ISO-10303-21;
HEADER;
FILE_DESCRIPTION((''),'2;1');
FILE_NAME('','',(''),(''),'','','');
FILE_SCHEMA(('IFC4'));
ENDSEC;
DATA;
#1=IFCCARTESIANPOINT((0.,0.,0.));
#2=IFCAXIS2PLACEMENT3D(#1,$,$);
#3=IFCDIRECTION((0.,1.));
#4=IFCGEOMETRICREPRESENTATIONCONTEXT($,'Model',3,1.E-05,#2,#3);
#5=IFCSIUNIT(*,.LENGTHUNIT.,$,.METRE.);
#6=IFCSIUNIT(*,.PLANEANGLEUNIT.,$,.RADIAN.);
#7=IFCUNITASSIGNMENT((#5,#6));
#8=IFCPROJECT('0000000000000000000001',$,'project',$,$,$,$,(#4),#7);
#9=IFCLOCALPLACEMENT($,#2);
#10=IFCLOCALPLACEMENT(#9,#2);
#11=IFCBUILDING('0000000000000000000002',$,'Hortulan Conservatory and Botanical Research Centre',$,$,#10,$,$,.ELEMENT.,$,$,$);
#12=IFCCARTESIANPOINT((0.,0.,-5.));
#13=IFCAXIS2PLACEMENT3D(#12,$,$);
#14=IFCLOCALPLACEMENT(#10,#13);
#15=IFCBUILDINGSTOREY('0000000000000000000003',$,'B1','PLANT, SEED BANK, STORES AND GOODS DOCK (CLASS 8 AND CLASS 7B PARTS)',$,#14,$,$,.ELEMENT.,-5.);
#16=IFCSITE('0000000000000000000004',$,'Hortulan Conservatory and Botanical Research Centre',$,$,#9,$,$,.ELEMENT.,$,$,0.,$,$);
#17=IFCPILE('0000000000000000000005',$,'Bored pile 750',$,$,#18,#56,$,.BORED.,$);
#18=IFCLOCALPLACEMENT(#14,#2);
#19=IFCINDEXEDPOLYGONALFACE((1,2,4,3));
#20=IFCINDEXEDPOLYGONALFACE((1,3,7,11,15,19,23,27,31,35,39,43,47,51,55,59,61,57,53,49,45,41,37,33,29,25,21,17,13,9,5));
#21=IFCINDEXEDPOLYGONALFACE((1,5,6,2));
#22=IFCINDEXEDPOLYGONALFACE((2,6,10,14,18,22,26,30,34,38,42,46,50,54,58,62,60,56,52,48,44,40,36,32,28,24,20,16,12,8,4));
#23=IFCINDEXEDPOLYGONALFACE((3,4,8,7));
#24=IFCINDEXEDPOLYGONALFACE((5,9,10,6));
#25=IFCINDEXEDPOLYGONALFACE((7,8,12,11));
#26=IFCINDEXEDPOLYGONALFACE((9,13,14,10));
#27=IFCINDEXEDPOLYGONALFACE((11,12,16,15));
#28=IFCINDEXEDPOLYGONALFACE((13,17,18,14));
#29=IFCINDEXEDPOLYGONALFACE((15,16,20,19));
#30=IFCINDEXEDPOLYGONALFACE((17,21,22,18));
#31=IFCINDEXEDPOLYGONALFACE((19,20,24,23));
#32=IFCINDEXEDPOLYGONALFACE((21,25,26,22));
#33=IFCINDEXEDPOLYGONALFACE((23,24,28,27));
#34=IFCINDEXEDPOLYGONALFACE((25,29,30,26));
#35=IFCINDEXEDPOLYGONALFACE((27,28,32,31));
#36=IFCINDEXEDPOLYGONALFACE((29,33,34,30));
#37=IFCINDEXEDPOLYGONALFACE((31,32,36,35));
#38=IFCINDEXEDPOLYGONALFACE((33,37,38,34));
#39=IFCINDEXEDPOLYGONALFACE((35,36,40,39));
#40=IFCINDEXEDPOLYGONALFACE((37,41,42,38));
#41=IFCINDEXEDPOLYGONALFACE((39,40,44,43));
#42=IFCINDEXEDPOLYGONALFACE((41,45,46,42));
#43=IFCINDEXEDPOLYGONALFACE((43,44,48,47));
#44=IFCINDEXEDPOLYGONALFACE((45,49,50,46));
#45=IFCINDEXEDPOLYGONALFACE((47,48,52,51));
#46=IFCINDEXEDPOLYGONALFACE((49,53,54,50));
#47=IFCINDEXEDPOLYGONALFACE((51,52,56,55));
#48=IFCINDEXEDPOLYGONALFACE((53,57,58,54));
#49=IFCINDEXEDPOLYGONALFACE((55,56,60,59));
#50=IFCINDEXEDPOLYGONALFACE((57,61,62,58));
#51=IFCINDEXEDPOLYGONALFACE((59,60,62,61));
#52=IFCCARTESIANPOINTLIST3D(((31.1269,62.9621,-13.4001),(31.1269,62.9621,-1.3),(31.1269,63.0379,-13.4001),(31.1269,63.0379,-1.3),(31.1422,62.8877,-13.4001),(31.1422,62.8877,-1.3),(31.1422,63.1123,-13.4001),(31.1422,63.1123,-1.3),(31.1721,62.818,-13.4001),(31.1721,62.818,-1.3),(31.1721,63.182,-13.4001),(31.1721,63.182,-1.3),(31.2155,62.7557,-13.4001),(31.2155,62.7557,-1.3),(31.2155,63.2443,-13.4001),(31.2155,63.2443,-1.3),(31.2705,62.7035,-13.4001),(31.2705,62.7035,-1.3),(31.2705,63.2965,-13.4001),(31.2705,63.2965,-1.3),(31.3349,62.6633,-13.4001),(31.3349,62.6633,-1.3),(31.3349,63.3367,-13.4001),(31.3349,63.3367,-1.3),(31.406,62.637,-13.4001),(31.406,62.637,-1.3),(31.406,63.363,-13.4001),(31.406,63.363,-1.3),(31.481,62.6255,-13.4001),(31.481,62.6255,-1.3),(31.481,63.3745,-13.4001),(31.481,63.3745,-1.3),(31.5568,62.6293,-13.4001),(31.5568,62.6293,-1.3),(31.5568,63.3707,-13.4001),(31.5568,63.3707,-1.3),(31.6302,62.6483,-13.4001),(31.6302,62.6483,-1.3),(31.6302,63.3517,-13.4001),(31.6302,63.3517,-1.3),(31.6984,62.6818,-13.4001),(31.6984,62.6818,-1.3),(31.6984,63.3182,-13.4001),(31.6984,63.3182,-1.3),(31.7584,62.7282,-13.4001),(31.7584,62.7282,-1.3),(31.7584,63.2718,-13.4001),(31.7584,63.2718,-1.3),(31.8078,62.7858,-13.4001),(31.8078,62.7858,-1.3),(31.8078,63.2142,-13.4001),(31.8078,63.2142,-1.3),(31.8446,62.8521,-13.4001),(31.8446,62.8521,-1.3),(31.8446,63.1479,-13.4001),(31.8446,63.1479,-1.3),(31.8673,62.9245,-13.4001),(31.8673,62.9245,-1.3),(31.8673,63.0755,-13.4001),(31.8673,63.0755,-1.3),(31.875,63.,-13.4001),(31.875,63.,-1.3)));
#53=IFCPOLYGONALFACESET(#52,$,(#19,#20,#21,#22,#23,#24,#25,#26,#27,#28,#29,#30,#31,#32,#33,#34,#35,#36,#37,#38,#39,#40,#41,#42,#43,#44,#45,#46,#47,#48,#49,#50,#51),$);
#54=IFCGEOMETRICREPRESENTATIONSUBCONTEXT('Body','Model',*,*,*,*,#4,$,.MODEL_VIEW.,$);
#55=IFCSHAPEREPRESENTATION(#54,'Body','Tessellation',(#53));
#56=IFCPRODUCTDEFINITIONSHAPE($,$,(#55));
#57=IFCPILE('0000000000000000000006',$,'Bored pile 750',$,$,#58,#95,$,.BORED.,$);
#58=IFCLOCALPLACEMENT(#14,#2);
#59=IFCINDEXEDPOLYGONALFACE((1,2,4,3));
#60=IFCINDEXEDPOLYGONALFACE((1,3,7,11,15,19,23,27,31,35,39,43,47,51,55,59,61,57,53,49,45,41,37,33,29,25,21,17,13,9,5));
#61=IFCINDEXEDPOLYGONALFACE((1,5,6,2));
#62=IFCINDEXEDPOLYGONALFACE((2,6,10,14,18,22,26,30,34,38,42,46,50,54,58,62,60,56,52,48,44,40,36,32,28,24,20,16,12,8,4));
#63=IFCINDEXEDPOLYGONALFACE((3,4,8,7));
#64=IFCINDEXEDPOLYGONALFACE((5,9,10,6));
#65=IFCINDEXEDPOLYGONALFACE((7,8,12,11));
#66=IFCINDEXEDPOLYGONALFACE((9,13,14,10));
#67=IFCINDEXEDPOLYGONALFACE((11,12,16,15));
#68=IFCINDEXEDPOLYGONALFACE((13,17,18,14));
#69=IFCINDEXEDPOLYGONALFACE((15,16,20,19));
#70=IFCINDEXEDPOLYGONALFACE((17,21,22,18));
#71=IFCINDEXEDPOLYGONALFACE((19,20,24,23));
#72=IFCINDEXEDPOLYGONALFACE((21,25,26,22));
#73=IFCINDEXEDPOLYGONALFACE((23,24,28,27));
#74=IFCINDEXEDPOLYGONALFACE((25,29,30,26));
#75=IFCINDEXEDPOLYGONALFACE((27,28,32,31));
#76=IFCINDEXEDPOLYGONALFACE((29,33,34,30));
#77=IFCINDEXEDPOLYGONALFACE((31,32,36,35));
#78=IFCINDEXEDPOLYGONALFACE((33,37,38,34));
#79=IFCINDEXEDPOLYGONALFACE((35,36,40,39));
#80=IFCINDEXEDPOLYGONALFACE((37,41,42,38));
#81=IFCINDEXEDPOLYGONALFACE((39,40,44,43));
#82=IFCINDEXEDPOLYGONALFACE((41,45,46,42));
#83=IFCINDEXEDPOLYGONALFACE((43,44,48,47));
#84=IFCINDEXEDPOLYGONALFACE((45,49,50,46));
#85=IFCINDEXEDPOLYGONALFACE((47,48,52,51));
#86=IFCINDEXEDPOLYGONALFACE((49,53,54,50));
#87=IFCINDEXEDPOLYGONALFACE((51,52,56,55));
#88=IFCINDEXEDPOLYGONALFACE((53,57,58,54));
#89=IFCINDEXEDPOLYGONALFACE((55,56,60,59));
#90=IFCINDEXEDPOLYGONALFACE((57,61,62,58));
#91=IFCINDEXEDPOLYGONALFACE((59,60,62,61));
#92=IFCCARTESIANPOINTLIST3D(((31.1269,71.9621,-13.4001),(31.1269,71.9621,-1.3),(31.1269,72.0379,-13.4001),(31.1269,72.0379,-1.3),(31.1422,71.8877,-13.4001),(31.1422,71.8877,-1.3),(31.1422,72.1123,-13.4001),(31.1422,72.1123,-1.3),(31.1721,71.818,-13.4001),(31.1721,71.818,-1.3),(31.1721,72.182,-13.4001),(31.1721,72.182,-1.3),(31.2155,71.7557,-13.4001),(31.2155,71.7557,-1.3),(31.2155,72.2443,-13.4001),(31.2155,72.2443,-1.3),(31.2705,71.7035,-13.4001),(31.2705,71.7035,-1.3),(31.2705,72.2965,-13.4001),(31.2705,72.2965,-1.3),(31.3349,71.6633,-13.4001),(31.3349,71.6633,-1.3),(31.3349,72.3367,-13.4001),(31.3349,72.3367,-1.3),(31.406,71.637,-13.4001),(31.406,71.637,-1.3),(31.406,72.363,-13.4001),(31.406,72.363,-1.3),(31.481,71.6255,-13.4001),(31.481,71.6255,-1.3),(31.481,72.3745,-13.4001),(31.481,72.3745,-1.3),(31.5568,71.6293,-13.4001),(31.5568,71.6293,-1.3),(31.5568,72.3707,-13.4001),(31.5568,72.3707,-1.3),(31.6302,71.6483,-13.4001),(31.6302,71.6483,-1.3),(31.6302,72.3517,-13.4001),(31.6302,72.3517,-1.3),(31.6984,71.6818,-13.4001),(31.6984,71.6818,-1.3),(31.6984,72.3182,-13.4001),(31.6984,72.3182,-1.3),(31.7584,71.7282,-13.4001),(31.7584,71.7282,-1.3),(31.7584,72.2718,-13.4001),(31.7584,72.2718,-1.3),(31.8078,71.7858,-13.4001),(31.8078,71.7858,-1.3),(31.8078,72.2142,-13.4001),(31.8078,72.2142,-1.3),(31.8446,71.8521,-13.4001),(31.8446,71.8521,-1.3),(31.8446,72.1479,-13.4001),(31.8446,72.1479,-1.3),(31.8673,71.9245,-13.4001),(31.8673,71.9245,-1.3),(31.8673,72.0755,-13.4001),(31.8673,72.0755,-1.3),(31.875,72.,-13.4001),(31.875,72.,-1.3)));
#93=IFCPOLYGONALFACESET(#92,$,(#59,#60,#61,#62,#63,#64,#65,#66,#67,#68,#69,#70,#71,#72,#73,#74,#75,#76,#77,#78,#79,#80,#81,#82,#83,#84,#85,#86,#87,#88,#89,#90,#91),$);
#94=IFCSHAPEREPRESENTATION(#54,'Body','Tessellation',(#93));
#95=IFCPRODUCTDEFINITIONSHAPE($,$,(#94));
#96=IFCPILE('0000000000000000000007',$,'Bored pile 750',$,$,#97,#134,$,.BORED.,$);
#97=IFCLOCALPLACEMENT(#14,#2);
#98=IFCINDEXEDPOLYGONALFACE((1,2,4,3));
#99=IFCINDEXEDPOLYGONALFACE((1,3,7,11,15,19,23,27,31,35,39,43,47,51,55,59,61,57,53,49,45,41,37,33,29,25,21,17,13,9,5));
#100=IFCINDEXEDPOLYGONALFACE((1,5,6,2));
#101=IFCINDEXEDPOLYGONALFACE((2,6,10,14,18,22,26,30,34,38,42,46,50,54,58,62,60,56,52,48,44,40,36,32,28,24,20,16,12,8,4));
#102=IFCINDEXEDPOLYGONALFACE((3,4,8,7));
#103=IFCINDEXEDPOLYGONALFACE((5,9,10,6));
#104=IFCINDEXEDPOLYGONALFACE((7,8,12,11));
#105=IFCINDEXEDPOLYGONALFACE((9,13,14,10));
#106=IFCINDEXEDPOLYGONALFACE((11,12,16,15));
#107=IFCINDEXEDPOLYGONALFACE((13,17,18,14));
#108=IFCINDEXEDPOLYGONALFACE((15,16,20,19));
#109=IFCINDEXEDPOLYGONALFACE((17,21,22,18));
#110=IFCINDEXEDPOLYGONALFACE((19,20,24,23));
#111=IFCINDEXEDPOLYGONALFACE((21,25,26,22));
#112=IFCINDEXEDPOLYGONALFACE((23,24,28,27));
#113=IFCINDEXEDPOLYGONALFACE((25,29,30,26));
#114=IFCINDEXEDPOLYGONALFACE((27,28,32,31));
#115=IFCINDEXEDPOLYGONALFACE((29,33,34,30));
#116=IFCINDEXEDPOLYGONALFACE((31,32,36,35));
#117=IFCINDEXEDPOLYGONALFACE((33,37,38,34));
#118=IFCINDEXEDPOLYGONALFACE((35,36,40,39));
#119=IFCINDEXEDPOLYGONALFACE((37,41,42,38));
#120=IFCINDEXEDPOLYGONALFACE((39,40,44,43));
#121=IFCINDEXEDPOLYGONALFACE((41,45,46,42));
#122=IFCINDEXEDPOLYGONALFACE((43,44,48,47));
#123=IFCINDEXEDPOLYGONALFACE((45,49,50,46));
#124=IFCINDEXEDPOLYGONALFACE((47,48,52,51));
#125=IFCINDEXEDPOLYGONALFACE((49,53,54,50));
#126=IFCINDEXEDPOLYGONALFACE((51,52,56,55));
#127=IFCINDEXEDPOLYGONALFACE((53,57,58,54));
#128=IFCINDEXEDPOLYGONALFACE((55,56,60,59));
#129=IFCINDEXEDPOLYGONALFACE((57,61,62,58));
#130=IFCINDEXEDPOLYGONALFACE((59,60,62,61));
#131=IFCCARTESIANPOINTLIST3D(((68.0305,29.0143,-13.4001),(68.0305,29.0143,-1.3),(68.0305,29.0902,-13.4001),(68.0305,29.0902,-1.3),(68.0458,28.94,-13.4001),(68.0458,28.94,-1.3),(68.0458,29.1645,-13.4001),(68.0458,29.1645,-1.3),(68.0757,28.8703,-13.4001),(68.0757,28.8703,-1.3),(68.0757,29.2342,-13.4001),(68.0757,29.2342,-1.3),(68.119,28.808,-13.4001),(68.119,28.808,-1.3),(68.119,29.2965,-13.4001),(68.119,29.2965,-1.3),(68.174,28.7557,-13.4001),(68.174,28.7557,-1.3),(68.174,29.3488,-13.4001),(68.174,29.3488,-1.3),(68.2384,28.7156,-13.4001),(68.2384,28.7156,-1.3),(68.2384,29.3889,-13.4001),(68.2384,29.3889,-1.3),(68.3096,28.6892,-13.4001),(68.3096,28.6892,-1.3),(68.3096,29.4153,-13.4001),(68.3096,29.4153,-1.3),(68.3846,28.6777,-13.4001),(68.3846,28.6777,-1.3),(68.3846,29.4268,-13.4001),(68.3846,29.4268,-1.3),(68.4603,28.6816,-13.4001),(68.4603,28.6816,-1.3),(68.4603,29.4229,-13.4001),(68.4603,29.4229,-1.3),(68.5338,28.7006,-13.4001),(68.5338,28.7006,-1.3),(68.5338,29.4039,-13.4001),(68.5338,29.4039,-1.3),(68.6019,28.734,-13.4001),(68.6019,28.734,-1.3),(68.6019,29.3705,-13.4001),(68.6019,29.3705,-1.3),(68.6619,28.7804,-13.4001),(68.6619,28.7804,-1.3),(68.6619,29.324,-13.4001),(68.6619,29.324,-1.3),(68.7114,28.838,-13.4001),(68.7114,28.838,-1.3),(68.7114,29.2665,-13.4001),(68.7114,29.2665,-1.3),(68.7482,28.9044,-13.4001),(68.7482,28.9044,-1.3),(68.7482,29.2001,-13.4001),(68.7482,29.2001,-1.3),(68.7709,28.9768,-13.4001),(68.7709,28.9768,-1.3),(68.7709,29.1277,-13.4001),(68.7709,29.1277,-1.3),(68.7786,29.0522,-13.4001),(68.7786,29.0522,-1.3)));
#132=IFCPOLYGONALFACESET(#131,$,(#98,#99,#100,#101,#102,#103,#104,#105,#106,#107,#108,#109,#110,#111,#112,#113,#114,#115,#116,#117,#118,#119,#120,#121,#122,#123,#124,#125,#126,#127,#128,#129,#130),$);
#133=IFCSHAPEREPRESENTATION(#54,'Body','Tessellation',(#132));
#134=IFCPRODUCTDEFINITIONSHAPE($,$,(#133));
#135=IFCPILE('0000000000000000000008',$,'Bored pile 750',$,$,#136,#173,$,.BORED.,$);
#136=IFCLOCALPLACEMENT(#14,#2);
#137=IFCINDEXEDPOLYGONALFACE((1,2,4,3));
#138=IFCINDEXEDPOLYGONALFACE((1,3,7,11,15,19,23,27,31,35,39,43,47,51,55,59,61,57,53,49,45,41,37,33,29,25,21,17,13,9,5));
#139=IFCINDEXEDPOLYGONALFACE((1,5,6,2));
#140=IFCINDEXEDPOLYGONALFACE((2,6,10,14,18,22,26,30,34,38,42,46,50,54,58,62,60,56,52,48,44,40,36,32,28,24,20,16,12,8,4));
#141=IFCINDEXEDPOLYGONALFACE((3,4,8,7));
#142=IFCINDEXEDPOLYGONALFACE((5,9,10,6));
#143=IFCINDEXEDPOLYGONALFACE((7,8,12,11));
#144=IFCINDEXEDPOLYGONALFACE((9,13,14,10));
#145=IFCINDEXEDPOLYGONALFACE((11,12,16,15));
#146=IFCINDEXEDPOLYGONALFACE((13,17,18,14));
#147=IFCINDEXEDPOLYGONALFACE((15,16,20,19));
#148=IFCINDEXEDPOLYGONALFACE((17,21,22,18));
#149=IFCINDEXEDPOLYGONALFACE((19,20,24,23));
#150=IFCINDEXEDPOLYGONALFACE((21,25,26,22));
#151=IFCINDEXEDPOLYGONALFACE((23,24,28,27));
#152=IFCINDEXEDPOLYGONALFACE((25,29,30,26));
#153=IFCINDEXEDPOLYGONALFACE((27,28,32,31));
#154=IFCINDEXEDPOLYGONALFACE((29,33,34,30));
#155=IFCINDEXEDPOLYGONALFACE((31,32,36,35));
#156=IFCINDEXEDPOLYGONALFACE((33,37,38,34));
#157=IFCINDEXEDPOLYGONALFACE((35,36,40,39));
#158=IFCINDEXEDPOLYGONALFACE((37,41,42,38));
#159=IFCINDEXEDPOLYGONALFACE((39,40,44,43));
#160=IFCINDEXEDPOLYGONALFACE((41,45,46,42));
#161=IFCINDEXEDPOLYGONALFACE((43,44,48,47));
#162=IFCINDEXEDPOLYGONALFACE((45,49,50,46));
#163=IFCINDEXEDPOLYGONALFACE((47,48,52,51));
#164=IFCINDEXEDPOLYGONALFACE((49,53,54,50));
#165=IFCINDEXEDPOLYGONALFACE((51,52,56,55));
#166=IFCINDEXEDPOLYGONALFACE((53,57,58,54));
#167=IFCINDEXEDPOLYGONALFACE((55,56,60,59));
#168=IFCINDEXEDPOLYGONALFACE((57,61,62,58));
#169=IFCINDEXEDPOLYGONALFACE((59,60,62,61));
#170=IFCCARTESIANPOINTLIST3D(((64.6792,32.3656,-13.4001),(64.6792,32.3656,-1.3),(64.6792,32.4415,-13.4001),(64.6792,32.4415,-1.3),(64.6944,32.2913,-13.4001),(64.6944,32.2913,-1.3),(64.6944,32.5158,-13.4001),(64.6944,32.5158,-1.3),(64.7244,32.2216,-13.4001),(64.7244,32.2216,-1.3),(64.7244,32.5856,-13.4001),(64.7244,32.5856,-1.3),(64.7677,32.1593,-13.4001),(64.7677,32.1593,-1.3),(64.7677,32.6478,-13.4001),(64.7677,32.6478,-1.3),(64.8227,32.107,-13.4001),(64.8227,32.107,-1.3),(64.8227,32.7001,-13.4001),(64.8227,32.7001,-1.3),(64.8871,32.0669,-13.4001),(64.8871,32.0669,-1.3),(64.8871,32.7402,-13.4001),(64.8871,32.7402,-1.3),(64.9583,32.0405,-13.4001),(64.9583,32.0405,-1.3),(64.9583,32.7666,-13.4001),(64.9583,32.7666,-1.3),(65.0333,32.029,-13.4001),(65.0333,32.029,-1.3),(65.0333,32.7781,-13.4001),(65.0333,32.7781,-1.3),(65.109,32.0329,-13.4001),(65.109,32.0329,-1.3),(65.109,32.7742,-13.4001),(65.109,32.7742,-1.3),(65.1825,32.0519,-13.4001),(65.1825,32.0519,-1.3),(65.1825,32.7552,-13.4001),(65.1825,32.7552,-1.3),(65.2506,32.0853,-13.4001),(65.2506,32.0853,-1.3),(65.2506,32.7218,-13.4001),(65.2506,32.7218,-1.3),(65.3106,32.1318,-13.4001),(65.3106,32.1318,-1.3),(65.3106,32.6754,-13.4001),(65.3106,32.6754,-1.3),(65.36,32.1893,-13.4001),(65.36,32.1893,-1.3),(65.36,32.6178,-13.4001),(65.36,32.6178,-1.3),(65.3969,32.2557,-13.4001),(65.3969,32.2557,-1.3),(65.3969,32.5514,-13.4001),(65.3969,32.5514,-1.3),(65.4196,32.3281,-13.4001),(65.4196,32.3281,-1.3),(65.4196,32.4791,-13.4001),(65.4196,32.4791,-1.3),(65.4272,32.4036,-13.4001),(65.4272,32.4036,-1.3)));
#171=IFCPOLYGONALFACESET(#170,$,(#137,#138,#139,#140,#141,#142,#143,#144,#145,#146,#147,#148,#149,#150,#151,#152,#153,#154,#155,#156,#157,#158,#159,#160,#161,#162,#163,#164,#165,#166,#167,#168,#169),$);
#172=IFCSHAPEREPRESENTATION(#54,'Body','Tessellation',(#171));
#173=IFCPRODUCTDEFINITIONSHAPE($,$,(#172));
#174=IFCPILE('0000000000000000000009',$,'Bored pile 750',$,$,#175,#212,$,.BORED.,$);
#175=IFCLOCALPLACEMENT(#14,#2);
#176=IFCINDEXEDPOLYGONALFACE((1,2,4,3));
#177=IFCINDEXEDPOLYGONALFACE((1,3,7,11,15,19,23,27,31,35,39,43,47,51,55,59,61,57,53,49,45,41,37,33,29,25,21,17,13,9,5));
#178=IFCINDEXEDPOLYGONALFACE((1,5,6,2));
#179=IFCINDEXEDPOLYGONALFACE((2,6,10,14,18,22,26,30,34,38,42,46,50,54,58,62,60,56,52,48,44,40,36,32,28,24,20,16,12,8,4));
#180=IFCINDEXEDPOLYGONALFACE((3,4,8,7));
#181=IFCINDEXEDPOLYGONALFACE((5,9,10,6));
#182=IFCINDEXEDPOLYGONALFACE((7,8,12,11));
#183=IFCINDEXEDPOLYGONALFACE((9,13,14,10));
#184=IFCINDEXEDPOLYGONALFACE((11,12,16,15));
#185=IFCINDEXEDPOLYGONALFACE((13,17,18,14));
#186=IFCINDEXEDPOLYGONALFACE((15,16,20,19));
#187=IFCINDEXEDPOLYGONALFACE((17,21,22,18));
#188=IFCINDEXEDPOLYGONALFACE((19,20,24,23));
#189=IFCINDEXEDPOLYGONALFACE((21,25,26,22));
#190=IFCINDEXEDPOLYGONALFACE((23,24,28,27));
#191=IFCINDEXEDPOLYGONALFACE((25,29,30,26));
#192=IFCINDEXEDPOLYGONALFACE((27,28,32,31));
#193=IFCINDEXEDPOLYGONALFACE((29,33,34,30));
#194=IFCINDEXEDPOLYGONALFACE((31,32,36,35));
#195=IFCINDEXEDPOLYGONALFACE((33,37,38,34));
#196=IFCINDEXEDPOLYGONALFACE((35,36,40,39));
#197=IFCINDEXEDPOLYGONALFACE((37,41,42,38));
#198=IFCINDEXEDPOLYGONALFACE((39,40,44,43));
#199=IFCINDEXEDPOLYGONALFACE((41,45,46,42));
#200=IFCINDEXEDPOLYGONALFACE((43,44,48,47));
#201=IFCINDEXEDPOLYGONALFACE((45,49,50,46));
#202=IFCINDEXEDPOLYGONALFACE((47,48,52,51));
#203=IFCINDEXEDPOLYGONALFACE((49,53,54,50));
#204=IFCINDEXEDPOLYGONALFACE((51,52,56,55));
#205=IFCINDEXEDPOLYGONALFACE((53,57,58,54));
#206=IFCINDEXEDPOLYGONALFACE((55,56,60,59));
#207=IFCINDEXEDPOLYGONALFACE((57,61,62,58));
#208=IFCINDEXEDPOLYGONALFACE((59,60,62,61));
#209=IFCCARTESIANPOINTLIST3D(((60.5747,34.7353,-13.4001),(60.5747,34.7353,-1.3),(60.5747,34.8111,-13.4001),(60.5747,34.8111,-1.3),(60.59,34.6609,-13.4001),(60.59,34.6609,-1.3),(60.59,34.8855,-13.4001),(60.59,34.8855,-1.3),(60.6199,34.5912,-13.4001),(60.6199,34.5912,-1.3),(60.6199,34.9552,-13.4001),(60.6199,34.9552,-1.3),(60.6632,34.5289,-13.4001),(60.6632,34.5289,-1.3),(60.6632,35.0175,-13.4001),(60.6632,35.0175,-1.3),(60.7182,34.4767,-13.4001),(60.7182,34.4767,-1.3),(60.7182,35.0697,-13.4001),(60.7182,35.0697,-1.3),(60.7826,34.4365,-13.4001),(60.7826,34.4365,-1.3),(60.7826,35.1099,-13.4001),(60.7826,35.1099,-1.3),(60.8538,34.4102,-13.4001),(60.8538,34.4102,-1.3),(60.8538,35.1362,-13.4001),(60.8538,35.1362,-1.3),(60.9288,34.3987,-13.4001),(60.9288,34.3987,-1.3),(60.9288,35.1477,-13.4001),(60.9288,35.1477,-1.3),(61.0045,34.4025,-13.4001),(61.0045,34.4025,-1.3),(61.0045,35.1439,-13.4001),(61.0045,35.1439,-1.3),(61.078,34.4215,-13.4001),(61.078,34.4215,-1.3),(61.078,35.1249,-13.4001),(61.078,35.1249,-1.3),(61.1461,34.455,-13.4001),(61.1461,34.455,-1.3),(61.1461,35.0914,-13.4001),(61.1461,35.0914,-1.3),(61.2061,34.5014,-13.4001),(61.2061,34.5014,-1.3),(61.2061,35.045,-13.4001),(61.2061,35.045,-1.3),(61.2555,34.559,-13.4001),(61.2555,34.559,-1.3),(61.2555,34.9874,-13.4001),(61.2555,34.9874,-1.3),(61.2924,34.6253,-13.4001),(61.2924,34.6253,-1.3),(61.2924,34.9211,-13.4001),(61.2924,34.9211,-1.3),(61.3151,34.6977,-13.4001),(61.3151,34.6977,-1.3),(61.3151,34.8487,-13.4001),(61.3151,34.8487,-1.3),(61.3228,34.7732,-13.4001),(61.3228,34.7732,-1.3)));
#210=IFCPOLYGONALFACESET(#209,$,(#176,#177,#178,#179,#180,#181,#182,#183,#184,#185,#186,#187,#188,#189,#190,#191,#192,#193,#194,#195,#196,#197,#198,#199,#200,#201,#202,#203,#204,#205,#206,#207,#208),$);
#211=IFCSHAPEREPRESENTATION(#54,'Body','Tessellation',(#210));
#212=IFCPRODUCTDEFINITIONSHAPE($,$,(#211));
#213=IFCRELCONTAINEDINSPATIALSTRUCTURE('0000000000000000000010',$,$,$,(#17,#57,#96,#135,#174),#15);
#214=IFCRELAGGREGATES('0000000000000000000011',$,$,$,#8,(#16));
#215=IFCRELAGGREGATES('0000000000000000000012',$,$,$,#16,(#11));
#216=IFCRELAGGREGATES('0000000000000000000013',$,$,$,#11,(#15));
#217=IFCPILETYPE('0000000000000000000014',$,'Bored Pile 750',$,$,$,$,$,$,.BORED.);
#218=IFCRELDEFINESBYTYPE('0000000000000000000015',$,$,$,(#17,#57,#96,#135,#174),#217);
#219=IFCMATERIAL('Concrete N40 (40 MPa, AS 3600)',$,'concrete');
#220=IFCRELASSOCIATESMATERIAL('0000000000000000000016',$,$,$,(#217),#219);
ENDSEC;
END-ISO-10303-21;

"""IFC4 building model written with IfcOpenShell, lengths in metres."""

from ifc_helpers import new_model, si_unit, direction, frame, origin, origin_2d, place, context, subcontext, project, spatial, circle, extrude, material, material_profile, profile_set, type_object, element, save


model = new_model("IFC4")

# Units and contexts
model_context = context("Model", 3, precision=1e-05, world=origin(), true_north=direction((0.0, 1.0)))
body_context = subcontext(model_context, "Body", "Model", "MODEL_VIEW")
ifc_project = project(units=[si_unit("LENGTHUNIT", "METRE"), si_unit("PLANEANGLEUNIT", "RADIAN")], contexts=[model_context])

# Site, building, storey
site_placement = place(None, origin())
site = spatial("IfcSite", under=ifc_project, at=site_placement, Name="Hortulan Conservatory and Botanical Research Centre", CompositionType="ELEMENT", RefElevation=0.0)
building_placement = place(site_placement, origin())
building = spatial("IfcBuilding", under=site, at=building_placement, Name="Hortulan Conservatory and Botanical Research Centre", CompositionType="ELEMENT")
storey_placement = place(building_placement, frame((0.0, 0.0, -5.0)))
storey = spatial("IfcBuildingStorey", under=building, at=storey_placement, Name="B1", Description="PLANT, SEED BANK, STORES AND GOODS DOCK (CLASS 8 AND CLASS 7B PARTS)", CompositionType="ELEMENT", Elevation=-5.0)

# Piles
ifc_material_1 = material(Name="Concrete N40 (40 MPa, AS 3600)", Category="concrete")
ifc_material_profile_1 = material_profile(ifc_material_1, circle(Radius=0.375, at=origin_2d()), Name="Bored pile 750 diameter")
ifc_profile_set_1 = profile_set([ifc_material_profile_1], Name="Concrete N40 (40 MPa, AS 3600)")
pile_type = type_object("IfcPileType", Name="Bored Pile 750", PredefinedType="BORED", material=ifc_profile_set_1)
for number, where, z_axis, x_axis, name in (
    (1, (31.5, 63.0, -1.3), (0.0, 0.0, -1.0), (1.0, 0.0, 0.0), "Bored pile 750"),
    (2, (31.5, 72.0, -1.3), (0.0, 0.0, -1.0), (1.0, 0.0, 0.0), "Bored pile 750"),
    (3, (68.4036, 29.0522, -1.3), (0.0, 0.0, -1.0), (1.0, 0.0, 0.0), "Bored pile 750"),
    (4, (65.0522, 32.4036, -1.3), (0.0, 0.0, -1.0), (1.0, 0.0, 0.0), "Bored pile 750"),
    (5, (60.9478, 34.7732, -1.3), (0.0, 0.0, -1.0), (1.0, 0.0, 0.0), "Bored pile 750"),
):
    element("IfcPile", number, at=place(storey_placement, frame(where, z_axis=z_axis, x_axis=x_axis)), inside=storey, type_object=pile_type, Name=name, PredefinedType="BORED", context=body_context, shape_type="SweptSolid", body=[
        extrude(circle(Radius=0.375, at=origin_2d()), origin(), (0.0, 0.0, 1.0), 12.1001),
    ])

save(model, "model.ifc")
